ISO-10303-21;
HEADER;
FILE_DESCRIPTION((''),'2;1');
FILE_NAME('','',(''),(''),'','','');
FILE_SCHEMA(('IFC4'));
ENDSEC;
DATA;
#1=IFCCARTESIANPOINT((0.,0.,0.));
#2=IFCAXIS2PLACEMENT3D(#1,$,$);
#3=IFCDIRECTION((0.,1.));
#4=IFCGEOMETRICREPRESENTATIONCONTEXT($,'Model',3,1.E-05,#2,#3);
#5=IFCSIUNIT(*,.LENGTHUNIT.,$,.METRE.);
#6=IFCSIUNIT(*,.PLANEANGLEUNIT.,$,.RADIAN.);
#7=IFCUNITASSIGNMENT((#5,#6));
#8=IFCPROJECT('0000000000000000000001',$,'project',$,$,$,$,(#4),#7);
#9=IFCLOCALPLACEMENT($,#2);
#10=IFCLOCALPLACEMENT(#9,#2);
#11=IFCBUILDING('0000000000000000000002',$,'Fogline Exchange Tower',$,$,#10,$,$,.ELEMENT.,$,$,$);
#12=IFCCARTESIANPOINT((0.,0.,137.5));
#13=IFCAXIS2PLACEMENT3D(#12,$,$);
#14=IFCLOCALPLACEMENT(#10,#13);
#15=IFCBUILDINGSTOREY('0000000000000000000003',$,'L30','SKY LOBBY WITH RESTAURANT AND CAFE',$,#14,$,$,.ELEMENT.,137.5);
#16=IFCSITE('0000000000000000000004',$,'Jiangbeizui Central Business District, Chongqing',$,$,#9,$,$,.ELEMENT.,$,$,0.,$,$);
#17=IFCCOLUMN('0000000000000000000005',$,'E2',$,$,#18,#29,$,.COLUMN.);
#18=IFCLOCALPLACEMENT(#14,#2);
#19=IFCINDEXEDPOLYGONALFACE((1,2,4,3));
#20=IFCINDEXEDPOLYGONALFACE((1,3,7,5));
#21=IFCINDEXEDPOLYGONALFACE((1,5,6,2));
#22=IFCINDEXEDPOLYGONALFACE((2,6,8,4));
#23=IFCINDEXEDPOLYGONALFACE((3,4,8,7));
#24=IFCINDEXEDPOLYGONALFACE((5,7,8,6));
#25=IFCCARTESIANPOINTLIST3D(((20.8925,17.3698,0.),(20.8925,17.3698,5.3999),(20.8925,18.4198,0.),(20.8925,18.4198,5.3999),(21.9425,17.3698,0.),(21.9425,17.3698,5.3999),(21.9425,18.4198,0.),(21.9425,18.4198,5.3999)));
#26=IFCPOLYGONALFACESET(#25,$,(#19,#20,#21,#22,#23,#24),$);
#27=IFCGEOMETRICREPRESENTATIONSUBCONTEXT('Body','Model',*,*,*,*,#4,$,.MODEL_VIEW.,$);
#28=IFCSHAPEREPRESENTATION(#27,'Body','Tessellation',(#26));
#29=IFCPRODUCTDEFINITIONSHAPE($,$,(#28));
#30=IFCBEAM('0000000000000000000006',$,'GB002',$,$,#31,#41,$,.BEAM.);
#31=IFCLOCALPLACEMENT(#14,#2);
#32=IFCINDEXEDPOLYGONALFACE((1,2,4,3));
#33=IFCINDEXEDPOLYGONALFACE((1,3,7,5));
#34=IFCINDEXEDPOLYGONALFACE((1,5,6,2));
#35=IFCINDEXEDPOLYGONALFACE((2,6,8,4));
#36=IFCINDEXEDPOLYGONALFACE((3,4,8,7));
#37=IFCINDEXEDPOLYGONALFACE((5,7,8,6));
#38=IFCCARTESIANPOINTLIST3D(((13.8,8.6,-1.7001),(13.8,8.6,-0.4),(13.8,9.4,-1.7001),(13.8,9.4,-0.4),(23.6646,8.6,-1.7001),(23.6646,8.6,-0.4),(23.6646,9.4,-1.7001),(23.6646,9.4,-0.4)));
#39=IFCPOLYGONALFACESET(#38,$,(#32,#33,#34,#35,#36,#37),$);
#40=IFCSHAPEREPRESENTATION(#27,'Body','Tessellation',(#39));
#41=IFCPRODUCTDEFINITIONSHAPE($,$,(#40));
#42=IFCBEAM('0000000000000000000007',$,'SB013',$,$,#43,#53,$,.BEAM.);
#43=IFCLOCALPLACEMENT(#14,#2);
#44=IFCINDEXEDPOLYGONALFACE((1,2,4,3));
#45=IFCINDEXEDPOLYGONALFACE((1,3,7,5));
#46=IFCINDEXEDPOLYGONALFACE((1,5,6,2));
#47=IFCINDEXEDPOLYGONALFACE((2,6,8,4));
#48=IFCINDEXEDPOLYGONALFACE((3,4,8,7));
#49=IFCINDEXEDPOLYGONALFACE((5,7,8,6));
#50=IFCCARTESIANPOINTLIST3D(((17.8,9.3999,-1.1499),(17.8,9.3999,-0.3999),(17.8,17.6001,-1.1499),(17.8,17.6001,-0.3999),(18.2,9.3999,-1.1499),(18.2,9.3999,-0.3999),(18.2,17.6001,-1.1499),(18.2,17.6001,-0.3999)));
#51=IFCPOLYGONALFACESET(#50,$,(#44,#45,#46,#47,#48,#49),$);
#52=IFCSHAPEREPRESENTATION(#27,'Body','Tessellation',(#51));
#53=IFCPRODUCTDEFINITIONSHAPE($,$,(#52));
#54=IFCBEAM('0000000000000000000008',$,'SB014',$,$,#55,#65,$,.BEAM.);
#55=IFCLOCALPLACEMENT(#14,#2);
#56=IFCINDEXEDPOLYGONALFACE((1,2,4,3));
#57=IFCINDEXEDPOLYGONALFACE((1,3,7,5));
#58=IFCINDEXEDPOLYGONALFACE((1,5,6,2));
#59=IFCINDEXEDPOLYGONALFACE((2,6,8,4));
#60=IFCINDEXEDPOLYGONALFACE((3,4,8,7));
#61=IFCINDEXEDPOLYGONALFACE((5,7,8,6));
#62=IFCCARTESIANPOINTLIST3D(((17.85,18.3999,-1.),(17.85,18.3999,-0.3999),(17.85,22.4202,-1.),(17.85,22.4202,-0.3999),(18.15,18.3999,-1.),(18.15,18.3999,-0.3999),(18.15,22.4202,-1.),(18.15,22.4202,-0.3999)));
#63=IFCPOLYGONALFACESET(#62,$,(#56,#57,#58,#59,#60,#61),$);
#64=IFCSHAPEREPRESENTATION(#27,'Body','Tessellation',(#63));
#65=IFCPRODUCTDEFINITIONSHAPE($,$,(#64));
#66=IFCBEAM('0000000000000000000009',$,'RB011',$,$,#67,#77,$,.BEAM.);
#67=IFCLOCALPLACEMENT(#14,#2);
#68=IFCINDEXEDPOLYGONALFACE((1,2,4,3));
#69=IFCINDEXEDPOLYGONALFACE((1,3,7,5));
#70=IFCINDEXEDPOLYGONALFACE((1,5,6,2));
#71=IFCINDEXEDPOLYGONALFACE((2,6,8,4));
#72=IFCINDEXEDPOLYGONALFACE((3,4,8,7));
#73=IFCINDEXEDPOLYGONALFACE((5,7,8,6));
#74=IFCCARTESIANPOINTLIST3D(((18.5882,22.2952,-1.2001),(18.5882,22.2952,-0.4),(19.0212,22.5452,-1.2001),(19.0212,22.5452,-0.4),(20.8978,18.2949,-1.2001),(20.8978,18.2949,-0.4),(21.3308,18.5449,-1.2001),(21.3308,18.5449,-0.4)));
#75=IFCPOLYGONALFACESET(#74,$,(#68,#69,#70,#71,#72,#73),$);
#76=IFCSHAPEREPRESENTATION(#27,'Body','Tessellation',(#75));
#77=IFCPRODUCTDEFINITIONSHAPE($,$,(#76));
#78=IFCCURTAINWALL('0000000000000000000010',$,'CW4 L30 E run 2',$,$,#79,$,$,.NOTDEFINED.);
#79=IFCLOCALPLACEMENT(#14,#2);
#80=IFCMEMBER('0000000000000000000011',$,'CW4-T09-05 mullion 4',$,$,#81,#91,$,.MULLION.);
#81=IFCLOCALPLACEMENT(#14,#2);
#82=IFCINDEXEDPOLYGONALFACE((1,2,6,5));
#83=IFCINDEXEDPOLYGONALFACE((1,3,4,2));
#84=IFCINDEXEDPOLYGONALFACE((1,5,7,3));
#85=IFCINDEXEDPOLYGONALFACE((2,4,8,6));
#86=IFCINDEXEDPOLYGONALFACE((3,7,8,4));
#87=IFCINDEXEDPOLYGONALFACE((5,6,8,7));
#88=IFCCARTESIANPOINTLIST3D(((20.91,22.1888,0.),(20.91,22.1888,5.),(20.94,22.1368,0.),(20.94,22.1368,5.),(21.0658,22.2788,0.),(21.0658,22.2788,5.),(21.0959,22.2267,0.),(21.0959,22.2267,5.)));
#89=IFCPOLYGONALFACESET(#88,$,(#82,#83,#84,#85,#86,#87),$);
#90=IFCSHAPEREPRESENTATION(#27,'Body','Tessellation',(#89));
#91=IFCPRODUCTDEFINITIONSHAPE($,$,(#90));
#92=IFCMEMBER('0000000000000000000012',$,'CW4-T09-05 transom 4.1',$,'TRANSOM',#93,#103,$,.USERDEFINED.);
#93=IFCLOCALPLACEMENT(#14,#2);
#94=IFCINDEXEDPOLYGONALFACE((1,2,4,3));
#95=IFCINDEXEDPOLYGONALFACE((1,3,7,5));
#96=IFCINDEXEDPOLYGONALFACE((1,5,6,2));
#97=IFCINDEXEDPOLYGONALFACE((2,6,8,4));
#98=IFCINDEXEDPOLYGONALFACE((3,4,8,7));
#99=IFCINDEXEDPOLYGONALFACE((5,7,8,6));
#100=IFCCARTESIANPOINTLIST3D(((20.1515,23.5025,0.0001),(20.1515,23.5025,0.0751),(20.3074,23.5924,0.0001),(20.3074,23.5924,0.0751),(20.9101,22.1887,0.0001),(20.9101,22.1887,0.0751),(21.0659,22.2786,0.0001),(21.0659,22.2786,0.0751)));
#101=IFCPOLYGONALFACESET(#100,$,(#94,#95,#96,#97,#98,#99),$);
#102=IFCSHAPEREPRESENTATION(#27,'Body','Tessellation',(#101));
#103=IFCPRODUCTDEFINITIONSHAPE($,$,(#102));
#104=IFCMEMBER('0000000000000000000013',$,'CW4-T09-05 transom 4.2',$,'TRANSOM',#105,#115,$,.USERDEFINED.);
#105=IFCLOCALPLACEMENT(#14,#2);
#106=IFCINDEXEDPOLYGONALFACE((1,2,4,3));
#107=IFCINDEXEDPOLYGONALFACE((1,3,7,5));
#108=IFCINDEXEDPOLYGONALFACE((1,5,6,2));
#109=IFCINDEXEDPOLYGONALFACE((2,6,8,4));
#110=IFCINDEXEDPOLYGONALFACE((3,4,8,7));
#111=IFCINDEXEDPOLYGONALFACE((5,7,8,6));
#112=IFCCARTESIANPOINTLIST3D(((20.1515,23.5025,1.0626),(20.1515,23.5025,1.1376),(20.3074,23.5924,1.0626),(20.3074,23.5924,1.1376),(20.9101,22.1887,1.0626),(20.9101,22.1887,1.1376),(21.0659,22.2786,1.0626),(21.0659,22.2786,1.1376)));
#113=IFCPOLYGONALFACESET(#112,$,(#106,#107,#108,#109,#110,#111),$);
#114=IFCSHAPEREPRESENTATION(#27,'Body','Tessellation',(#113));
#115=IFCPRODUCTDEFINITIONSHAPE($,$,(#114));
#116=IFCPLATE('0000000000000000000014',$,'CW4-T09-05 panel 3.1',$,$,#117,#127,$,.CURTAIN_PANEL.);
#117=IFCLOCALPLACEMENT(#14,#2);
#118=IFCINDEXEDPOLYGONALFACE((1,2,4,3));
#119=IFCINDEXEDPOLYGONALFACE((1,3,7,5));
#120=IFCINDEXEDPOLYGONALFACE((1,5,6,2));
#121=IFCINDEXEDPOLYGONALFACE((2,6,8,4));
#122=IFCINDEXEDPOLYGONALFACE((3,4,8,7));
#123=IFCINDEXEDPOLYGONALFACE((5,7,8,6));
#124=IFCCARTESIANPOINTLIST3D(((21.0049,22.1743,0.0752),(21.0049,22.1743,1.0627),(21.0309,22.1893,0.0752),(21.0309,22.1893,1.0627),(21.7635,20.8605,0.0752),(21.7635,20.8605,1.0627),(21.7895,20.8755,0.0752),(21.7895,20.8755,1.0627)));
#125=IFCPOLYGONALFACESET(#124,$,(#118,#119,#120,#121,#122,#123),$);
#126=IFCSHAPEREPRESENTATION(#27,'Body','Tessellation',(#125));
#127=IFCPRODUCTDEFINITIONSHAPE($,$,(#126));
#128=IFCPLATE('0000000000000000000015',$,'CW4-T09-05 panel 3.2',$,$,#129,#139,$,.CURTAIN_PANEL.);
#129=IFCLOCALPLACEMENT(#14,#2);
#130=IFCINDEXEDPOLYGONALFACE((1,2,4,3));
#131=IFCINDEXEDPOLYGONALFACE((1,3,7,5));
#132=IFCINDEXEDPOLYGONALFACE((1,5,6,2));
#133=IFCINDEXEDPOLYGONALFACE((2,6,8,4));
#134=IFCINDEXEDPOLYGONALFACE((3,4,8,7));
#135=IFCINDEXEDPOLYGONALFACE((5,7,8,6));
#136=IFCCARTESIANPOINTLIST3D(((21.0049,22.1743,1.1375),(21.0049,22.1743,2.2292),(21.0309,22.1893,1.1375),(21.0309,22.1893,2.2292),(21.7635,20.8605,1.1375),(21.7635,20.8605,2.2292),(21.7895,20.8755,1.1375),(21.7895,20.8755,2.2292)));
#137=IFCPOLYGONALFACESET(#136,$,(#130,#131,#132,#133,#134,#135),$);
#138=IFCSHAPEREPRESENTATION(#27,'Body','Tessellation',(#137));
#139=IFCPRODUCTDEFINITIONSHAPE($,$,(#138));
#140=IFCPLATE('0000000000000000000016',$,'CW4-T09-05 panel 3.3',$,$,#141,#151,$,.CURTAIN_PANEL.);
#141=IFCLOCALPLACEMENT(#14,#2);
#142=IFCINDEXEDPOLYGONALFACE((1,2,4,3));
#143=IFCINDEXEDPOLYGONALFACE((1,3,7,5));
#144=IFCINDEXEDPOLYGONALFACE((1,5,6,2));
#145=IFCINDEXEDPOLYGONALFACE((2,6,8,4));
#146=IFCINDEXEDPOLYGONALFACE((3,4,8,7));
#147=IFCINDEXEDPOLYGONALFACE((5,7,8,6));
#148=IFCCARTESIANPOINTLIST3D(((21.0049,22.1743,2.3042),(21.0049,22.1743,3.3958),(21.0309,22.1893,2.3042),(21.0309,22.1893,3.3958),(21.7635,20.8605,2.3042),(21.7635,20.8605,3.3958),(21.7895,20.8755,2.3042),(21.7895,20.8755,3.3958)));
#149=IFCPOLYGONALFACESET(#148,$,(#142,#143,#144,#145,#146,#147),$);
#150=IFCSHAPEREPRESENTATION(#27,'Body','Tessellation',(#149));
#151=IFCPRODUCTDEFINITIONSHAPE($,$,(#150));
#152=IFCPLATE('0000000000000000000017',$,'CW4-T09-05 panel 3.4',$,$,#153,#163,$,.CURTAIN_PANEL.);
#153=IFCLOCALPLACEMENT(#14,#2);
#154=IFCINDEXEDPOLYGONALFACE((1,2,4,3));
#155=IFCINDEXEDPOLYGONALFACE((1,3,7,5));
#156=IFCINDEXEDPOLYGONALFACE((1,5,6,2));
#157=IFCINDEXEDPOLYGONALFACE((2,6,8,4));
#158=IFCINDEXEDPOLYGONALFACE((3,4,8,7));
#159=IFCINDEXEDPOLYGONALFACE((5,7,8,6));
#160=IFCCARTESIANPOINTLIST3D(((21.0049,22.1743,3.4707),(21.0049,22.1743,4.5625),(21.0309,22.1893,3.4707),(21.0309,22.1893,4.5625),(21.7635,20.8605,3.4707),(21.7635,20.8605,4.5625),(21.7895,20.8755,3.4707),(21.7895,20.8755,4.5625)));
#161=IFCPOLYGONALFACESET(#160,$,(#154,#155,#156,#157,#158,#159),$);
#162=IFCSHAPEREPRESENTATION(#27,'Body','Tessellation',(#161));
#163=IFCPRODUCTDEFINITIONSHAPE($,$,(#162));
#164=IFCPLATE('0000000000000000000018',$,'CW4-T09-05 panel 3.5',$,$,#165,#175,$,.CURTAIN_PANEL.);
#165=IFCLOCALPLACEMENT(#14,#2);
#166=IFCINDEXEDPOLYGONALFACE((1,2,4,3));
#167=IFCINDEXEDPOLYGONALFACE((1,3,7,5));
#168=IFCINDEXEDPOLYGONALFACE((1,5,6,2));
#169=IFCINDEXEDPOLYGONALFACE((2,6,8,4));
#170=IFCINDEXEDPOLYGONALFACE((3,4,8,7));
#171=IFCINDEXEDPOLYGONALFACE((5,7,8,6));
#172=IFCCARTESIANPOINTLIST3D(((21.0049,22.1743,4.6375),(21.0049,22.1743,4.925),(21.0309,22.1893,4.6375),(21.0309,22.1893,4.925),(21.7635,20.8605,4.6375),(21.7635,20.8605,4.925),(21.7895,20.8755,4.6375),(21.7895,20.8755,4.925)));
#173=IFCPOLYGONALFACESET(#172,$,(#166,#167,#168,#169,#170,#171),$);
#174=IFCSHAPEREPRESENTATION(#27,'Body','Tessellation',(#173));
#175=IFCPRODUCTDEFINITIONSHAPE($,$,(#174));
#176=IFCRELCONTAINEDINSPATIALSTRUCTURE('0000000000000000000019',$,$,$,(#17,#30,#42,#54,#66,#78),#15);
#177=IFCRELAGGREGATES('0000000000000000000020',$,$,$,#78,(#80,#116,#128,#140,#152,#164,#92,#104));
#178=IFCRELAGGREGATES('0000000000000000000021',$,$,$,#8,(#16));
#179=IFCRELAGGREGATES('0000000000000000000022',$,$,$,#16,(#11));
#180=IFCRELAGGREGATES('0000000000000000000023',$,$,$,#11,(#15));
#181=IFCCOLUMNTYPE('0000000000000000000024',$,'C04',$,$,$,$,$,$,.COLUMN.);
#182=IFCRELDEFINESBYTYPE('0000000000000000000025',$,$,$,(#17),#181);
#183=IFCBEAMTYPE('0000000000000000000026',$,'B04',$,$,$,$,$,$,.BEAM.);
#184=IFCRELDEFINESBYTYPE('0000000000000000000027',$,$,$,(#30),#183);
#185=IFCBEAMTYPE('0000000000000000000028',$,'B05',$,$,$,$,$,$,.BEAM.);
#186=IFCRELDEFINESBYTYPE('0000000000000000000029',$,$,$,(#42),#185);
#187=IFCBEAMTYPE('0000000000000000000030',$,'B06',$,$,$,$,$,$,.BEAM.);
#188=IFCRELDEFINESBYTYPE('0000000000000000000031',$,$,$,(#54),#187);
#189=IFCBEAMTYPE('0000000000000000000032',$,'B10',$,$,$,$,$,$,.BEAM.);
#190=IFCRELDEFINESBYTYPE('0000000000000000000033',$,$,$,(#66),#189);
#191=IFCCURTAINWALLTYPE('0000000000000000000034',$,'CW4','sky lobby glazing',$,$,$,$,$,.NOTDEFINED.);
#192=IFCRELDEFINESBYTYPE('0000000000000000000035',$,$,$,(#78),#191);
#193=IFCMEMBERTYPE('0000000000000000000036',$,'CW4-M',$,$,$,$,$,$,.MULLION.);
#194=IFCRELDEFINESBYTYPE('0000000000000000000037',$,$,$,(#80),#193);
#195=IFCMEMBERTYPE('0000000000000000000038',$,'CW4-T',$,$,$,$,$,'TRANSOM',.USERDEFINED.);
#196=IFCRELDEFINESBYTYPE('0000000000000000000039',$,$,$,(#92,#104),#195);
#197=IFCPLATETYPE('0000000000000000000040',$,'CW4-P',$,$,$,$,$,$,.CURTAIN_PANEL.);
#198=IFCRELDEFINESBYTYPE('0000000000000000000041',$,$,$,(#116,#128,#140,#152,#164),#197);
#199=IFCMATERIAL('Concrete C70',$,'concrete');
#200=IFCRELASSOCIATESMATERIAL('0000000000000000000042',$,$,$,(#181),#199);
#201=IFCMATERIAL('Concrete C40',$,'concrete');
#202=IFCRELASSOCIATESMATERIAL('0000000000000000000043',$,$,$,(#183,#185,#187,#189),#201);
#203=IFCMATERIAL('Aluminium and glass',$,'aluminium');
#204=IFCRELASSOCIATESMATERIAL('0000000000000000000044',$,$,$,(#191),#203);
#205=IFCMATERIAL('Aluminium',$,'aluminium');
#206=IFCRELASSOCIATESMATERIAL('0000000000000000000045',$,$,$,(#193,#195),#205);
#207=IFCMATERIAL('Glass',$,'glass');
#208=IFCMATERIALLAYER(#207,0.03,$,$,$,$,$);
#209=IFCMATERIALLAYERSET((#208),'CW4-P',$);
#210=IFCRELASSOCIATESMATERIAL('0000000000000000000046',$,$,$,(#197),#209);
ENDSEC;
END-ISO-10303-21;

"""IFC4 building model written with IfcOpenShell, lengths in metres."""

from ifc_helpers import new_model, si_unit, direction, frame, origin, origin_2d, place, context, subcontext, project, spatial, rectangle, extrude, material, layer, layer_set, material_profile, profile_set, type_object, element, aggregate, save


model = new_model("IFC4")

# Units and contexts
model_context = context("Model", 3, precision=1e-05, world=origin(), true_north=direction((0.0, 1.0)))
body_context = subcontext(model_context, "Body", "Model", "MODEL_VIEW")
ifc_project = project(units=[si_unit("LENGTHUNIT", "METRE"), si_unit("PLANEANGLEUNIT", "RADIAN")], contexts=[model_context])

# Site, building, storey
site_placement = place(None, origin())
site = spatial("IfcSite", under=ifc_project, at=site_placement, Name="Jiangbeizui Central Business District, Chongqing", CompositionType="ELEMENT", RefElevation=0.0)
building_placement = place(site_placement, origin())
building = spatial("IfcBuilding", under=site, at=building_placement, Name="Fogline Exchange Tower", CompositionType="ELEMENT")
storey_placement = place(building_placement, frame((0.0, 0.0, 137.5)))
storey = spatial("IfcBuildingStorey", under=building, at=storey_placement, Name="L30", Description="SKY LOBBY WITH RESTAURANT AND CAFE", CompositionType="ELEMENT", Elevation=137.5)

# Column
ifc_material_1 = material(Name="Concrete C70", Category="concrete")
ifc_material_profile_1 = material_profile(ifc_material_1, rectangle(XDim=1.05, YDim=1.05, at=origin_2d()), Name="RC 1050x1050")
ifc_profile_set_1 = profile_set([ifc_material_profile_1], Name="Concrete C70")
column_type = type_object("IfcColumnType", Name="C04", PredefinedType="COLUMN", material=ifc_profile_set_1)
column_placement = place(storey_placement, frame((21.4175, 17.8948, 0.0), z_axis=(0.0, 0.0, 1.0), x_axis=(1.0, 0.0, 0.0)))
element("IfcColumn", 1, at=column_placement, inside=storey, type_object=column_type, Name="E2", PredefinedType="COLUMN", context=body_context, shape_type="SweptSolid", body=[
    extrude(rectangle(XDim=1.05, YDim=1.05, at=origin_2d()), origin(), (0.0, 0.0, 1.0), 5.3999),
])

# Beams
ifc_material_2 = material(Name="Concrete C40", Category="concrete")
ifc_material_profile_2 = material_profile(ifc_material_2, rectangle(XDim=0.8, YDim=1.3, at=origin_2d()), Name="RC 800x1300")
ifc_profile_set_2 = profile_set([ifc_material_profile_2], Name="Concrete C40")
beam_type_1 = type_object("IfcBeamType", Name="B04", PredefinedType="BEAM", material=ifc_profile_set_2)
beam_1_placement = place(storey_placement, frame((13.8, 9.0, -1.05), z_axis=(1.0, 0.0, 0.0), x_axis=(0.0, 1.0, 0.0)))
element("IfcBeam", 2, at=beam_1_placement, inside=storey, type_object=beam_type_1, Name="GB002", PredefinedType="BEAM", context=body_context, shape_type="SweptSolid", body=[
    extrude(rectangle(XDim=0.8, YDim=1.3, at=origin_2d()), origin(), (0.0, 0.0, 1.0), 9.8645),
])
ifc_material_profile_3 = material_profile(ifc_material_2, rectangle(XDim=0.3999, YDim=0.75, at=origin_2d()), Name="RC 400x750")
ifc_profile_set_3 = profile_set([ifc_material_profile_3], Name="Concrete C40")
beam_type_2 = type_object("IfcBeamType", Name="B05", PredefinedType="BEAM", material=ifc_profile_set_3)
beam_2_placement = place(storey_placement, frame((18.0, 9.3999, -0.7749), z_axis=(0.0, 1.0, 0.0), x_axis=(-1.0, 0.0, 0.0)))
element("IfcBeam", 3, at=beam_2_placement, inside=storey, type_object=beam_type_2, Name="SB013", PredefinedType="BEAM", context=body_context, shape_type="SweptSolid", body=[
    extrude(rectangle(XDim=0.3999, YDim=0.75, at=origin_2d()), origin(), (0.0, 0.0, 1.0), 8.2002),
])
ifc_material_profile_4 = material_profile(ifc_material_2, rectangle(XDim=0.3, YDim=0.6001, at=origin_2d()), Name="RC 300x600")
ifc_profile_set_4 = profile_set([ifc_material_profile_4], Name="Concrete C40")
beam_type_3 = type_object("IfcBeamType", Name="B06", PredefinedType="BEAM", material=ifc_profile_set_4)
beam_3_placement = place(storey_placement, frame((18.0, 18.3999, -0.7), z_axis=(0.0, 1.0, 0.0), x_axis=(-1.0, 0.0, 0.0)))
element("IfcBeam", 4, at=beam_3_placement, inside=storey, type_object=beam_type_3, Name="SB014", PredefinedType="BEAM", context=body_context, shape_type="SweptSolid", body=[
    extrude(rectangle(XDim=0.3, YDim=0.6001, at=origin_2d()), origin(), (0.0, 0.0, 1.0), 4.0203),
])
ifc_material_profile_5 = material_profile(ifc_material_2, rectangle(XDim=0.5, YDim=0.8, at=origin_2d()), Name="RC 500x800")
ifc_profile_set_5 = profile_set([ifc_material_profile_5], Name="Concrete C40")
beam_type_4 = type_object("IfcBeamType", Name="B10", PredefinedType="BEAM", material=ifc_profile_set_5)
beam_4_placement = place(storey_placement, frame((21.1143, 18.4199, -0.8), z_axis=(-0.500005, 0.866023, 0.0), x_axis=(-0.866023, -0.500005, 0.0)))
element("IfcBeam", 5, at=beam_4_placement, inside=storey, type_object=beam_type_4, Name="RB011", PredefinedType="BEAM", context=body_context, shape_type="SweptSolid", body=[
    extrude(rectangle(XDim=0.5, YDim=0.8, at=origin_2d()), origin(), (0.0, 0.0, 1.0), 4.6191),
])

# Curtain wall, members, plates
ifc_material_3 = material(Name="Aluminium and glass", Category="aluminium")
curtain_wall_type = type_object("IfcCurtainWallType", Name="CW4", Description="sky lobby glazing", PredefinedType="NOTDEFINED", material=ifc_material_3)
curtain_wall_placement = place(storey_placement, origin())
curtain_wall = element("IfcCurtainWall", 6, at=curtain_wall_placement, inside=storey, type_object=curtain_wall_type, Name="CW4 L30 E run 2", PredefinedType="NOTDEFINED")
ifc_material_4 = material(Name="Aluminium", Category="aluminium")
ifc_material_profile_6 = material_profile(ifc_material_4, rectangle(XDim=0.1799, YDim=0.0601, at=origin_2d()), Name="Mullion 60x180")
ifc_profile_set_6 = profile_set([ifc_material_profile_6], Name="Aluminium")
member_type_1 = type_object("IfcMemberType", Name="CW4-M", PredefinedType="MULLION", material=ifc_profile_set_6)
member_1_placement = place(storey_placement, frame((21.0029, 22.2078, 0.0), z_axis=(0.0, 0.0, 1.0), x_axis=(-0.866025, -0.5, 0.0)))
member_1 = element("IfcMember", 7, at=member_1_placement, type_object=member_type_1, Name="CW4-T09-05 mullion 4", PredefinedType="MULLION", context=body_context, shape_type="SweptSolid", body=[
    extrude(rectangle(XDim=0.1799, YDim=0.0601, at=origin_2d()), origin(), (0.0, 0.0, 1.0), 5.0),
])
ifc_material_profile_7 = material_profile(ifc_material_4, rectangle(XDim=0.1799, YDim=0.075, at=origin_2d()), Name="Transom 75x180")
ifc_profile_set_7 = profile_set([ifc_material_profile_7], Name="Aluminium")
member_type_2 = type_object("IfcMemberType", Name="CW4-T", ElementType="TRANSOM", PredefinedType="USERDEFINED", material=ifc_profile_set_7)
member_2_placement = place(storey_placement, frame((20.988, 22.2336, 0.0376), z_axis=(-0.500034, 0.866006, 0.0), x_axis=(-0.866006, -0.500034, 0.0)))
member_2 = element("IfcMember", 8, at=member_2_placement, type_object=member_type_2, Name="CW4-T09-05 transom 4.1", ObjectType="TRANSOM", PredefinedType="USERDEFINED", context=body_context, shape_type="SweptSolid", body=[
    extrude(rectangle(XDim=0.1799, YDim=0.075, at=origin_2d()), origin(), (0.0, 0.0, 1.0), 1.5171),
])
member_3_placement = place(storey_placement, frame((20.988, 22.2336, 1.1001), z_axis=(-0.500034, 0.866006, 0.0), x_axis=(-0.866006, -0.500034, 0.0)))
member_3 = element("IfcMember", 9, at=member_3_placement, type_object=member_type_2, Name="CW4-T09-05 transom 4.2", ObjectType="TRANSOM", PredefinedType="USERDEFINED", context=body_context, shape_type="SweptSolid", body=[
    extrude(rectangle(XDim=0.1799, YDim=0.075, at=origin_2d()), origin(), (0.0, 0.0, 1.0), 1.5171),
])
ifc_material_5 = material(Name="Glass", Category="glass")
ifc_layer_1 = layer(ifc_material_5, 0.03)
ifc_layer_set_1 = layer_set([ifc_layer_1], Name="CW4-P")
plate_type = type_object("IfcPlateType", Name="CW4-P", PredefinedType="CURTAIN_PANEL", material=ifc_layer_set_1)
plate_1_placement = place(storey_placement, frame((21.3972, 21.5249, 0.0752), z_axis=(0.0, 0.0, 1.0), x_axis=(-0.5, 0.866025, 0.0)))
plate_1 = element("IfcPlate", 10, at=plate_1_placement, type_object=plate_type, Name="CW4-T09-05 panel 3.1", PredefinedType="CURTAIN_PANEL", context=body_context, shape_type="SweptSolid", body=[
    extrude(rectangle(XDim=1.5171, YDim=0.03, at=origin_2d()), origin(), (0.0, 0.0, 1.0), 0.9875),
])
plate_2_placement = place(storey_placement, frame((21.3972, 21.5249, 1.1375), z_axis=(0.0, 0.0, 1.0), x_axis=(-0.5, 0.866025, 0.0)))
plate_2 = element("IfcPlate", 11, at=plate_2_placement, type_object=plate_type, Name="CW4-T09-05 panel 3.2", PredefinedType="CURTAIN_PANEL", context=body_context, shape_type="SweptSolid", body=[
    extrude(rectangle(XDim=1.5171, YDim=0.03, at=origin_2d()), origin(), (0.0, 0.0, 1.0), 1.0918),
])
plate_3_placement = place(storey_placement, frame((21.3972, 21.5249, 2.3042), z_axis=(0.0, 0.0, 1.0), x_axis=(-0.5, 0.866025, 0.0)))
plate_3 = element("IfcPlate", 12, at=plate_3_placement, type_object=plate_type, Name="CW4-T09-05 panel 3.3", PredefinedType="CURTAIN_PANEL", context=body_context, shape_type="SweptSolid", body=[
    extrude(rectangle(XDim=1.5171, YDim=0.03, at=origin_2d()), origin(), (0.0, 0.0, 1.0), 1.0916),
])
plate_4_placement = place(storey_placement, frame((21.3972, 21.5249, 3.4707), z_axis=(0.0, 0.0, 1.0), x_axis=(-0.5, 0.866025, 0.0)))
plate_4 = element("IfcPlate", 13, at=plate_4_placement, type_object=plate_type, Name="CW4-T09-05 panel 3.4", PredefinedType="CURTAIN_PANEL", context=body_context, shape_type="SweptSolid", body=[
    extrude(rectangle(XDim=1.5171, YDim=0.03, at=origin_2d()), origin(), (0.0, 0.0, 1.0), 1.0918),
])
plate_5_placement = place(storey_placement, frame((21.3972, 21.5249, 4.6375), z_axis=(0.0, 0.0, 1.0), x_axis=(-0.5, 0.866025, 0.0)))
plate_5 = element("IfcPlate", 14, at=plate_5_placement, type_object=plate_type, Name="CW4-T09-05 panel 3.5", PredefinedType="CURTAIN_PANEL", context=body_context, shape_type="SweptSolid", body=[
    extrude(rectangle(XDim=1.5171, YDim=0.03, at=origin_2d()), origin(), (0.0, 0.0, 1.0), 0.2876),
])
aggregate(curtain_wall, [member_1, plate_1, plate_2, plate_3, plate_4, plate_5, member_2, member_3])

save(model, "model.ifc")
